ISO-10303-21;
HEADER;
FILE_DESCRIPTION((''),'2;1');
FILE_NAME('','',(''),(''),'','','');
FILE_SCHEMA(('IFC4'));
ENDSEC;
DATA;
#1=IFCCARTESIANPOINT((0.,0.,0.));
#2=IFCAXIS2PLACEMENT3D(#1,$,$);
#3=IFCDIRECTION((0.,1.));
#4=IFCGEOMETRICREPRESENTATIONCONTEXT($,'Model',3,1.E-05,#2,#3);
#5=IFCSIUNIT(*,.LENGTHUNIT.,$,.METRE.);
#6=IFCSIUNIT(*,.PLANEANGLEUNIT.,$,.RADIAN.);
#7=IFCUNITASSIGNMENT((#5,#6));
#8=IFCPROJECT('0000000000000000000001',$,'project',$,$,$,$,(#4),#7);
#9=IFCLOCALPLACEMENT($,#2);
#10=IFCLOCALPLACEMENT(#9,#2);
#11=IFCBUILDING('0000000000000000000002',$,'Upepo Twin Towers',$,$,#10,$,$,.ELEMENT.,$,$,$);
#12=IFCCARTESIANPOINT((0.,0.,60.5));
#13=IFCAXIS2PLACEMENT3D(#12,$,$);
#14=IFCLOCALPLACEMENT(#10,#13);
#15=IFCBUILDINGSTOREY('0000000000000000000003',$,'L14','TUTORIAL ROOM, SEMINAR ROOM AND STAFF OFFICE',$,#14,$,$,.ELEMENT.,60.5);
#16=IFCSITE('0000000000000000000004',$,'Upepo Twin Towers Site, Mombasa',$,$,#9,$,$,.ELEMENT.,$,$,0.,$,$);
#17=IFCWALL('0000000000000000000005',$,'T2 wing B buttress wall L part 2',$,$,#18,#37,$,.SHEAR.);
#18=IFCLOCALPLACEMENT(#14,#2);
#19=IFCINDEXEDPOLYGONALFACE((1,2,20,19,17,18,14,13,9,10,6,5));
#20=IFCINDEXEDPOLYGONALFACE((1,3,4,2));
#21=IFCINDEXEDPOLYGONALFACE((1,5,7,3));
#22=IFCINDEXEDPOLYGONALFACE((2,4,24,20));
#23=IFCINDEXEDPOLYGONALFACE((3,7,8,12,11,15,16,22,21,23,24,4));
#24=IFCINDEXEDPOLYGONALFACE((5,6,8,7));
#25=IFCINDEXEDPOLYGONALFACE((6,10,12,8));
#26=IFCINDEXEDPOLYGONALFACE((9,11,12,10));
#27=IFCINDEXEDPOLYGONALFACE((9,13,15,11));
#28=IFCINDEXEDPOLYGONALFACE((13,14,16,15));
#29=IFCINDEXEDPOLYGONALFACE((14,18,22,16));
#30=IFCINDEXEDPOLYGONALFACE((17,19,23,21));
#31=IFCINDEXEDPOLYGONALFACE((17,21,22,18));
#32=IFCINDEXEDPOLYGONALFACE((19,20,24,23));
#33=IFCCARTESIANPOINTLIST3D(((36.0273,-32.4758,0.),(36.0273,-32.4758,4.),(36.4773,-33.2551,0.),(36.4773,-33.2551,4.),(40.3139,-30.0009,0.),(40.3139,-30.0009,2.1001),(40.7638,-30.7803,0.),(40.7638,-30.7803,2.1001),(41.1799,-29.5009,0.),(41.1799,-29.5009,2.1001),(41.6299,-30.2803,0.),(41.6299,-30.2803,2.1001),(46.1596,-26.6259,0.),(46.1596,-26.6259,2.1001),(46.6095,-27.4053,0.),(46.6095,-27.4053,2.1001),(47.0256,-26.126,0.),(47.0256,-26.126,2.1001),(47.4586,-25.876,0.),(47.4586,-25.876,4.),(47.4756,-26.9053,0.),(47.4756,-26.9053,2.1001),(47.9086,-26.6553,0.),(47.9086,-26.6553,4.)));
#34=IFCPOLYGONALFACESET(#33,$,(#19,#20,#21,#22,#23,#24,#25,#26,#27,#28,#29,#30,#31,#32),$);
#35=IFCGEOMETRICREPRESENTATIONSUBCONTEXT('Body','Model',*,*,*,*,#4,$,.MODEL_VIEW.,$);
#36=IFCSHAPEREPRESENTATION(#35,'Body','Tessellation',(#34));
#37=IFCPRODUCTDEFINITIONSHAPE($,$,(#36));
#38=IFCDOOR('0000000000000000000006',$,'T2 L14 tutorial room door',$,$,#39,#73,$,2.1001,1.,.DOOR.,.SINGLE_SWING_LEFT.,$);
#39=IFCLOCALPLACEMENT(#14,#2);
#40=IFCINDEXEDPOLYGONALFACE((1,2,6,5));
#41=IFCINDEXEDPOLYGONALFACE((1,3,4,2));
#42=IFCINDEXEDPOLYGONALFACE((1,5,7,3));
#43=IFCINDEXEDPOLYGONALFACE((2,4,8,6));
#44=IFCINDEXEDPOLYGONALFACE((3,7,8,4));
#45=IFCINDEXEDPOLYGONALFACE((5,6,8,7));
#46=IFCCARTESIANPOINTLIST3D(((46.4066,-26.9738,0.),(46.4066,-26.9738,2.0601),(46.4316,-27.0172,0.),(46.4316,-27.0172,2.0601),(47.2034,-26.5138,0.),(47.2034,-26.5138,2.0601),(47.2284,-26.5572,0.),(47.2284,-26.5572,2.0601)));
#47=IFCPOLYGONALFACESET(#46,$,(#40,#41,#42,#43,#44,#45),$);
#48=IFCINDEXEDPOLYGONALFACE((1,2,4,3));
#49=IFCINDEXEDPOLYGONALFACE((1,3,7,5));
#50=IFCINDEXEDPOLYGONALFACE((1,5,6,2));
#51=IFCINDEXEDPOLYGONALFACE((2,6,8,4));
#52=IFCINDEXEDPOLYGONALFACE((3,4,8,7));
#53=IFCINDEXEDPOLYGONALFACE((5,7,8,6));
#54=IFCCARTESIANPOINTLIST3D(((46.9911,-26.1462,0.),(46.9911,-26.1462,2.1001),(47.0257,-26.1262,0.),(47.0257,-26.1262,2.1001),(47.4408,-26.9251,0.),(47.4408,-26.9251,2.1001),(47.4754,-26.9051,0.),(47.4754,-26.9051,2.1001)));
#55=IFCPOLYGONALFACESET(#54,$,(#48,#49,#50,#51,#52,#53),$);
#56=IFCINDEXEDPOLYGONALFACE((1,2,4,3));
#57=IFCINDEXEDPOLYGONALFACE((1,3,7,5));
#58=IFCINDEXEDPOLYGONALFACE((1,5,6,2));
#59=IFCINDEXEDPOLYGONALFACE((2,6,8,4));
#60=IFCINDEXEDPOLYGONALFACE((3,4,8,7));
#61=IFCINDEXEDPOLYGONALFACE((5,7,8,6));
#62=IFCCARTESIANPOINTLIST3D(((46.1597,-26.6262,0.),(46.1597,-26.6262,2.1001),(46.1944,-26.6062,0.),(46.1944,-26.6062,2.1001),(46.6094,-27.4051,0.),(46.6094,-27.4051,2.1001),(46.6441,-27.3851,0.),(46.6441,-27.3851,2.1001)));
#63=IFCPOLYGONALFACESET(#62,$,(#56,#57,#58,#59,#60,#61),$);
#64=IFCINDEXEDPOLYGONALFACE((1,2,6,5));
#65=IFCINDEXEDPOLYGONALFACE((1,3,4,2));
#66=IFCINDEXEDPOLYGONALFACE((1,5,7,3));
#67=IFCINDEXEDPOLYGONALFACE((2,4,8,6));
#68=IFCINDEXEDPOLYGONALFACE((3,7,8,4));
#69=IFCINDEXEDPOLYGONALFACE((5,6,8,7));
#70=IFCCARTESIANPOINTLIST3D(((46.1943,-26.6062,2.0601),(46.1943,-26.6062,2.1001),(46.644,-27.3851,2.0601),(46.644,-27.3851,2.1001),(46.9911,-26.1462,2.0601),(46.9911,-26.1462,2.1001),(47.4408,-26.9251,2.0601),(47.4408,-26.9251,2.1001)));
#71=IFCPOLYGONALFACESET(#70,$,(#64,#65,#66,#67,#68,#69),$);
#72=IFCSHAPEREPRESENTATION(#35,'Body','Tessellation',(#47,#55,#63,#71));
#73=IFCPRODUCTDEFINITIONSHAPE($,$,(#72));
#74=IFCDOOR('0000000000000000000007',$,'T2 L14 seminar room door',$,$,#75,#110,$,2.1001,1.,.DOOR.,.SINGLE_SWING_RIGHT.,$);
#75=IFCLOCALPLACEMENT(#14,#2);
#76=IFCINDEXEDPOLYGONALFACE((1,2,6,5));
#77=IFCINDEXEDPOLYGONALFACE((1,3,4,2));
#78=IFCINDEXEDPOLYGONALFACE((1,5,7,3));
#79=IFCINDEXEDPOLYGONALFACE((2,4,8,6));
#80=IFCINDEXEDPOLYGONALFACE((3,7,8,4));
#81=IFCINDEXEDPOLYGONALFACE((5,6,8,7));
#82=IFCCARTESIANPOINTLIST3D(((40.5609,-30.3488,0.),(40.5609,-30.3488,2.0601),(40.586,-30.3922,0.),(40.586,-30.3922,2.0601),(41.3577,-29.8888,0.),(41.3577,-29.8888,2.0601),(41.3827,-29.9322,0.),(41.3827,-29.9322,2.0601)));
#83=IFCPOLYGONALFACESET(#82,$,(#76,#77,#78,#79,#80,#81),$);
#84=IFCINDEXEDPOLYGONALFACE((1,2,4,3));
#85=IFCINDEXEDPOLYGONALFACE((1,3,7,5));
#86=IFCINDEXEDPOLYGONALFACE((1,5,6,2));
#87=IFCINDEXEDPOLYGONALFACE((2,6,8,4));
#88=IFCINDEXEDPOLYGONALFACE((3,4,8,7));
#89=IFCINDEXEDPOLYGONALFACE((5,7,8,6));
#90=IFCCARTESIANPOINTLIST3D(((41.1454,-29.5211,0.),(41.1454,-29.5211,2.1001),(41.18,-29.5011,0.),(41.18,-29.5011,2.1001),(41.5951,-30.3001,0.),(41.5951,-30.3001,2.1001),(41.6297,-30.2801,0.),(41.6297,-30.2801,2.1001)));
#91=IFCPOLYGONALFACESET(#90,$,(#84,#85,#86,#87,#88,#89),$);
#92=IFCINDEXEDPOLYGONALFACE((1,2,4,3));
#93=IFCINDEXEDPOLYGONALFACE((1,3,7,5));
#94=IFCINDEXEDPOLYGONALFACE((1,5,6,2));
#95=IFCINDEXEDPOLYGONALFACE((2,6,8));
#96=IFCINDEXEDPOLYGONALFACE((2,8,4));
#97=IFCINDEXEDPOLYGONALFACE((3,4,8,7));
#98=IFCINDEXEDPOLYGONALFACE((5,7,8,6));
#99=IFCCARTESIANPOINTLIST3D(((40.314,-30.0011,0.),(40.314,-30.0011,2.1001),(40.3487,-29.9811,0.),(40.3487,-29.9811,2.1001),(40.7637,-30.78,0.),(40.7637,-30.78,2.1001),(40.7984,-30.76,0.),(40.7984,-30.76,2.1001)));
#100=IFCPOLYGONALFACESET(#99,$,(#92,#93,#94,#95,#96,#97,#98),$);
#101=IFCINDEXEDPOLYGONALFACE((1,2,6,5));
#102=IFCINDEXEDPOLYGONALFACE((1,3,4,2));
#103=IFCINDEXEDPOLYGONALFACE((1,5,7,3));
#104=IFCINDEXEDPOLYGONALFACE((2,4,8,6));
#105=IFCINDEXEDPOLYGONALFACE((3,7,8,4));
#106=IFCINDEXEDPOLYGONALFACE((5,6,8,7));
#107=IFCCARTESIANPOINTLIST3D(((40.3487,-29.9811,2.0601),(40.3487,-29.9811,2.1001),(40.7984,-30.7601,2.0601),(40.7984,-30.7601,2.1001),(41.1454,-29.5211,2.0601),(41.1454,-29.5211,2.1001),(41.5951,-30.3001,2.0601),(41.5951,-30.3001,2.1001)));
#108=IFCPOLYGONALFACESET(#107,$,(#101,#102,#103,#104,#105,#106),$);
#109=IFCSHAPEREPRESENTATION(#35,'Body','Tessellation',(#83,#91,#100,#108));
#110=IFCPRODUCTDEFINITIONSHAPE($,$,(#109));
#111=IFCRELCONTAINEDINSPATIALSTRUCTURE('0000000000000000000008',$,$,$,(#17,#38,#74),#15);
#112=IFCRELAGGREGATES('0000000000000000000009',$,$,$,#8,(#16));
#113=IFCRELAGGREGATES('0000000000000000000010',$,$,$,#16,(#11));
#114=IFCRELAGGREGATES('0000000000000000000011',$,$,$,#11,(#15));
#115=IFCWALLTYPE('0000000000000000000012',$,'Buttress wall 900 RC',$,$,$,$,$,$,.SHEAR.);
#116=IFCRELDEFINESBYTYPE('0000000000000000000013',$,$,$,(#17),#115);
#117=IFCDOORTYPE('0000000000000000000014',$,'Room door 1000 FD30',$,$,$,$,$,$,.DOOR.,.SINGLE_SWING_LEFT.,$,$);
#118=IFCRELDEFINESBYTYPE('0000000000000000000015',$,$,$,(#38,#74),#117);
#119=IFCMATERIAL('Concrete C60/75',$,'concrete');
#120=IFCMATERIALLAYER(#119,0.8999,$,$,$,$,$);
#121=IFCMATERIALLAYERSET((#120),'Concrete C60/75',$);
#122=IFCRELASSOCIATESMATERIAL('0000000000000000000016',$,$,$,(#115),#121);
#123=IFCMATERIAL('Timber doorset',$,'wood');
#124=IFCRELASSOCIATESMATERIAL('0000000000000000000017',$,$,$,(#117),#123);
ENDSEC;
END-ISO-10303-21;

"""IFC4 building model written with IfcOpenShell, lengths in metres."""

from ifc_helpers import new_model, si_unit, direction, frame, frame_2d, origin, place, context, subcontext, project, spatial, rectangle, extrude, material, layer, layer_set, type_object, element, fill, save


model = new_model("IFC4")

# Units and contexts
model_context = context("Model", 3, precision=1e-05, world=origin(), true_north=direction((0.0, 1.0)))
body_context = subcontext(model_context, "Body", "Model", "MODEL_VIEW")
ifc_project = project(units=[si_unit("LENGTHUNIT", "METRE"), si_unit("PLANEANGLEUNIT", "RADIAN")], contexts=[model_context])

# Site, building, storey
site_placement = place(None, origin())
site = spatial("IfcSite", under=ifc_project, at=site_placement, Name="Upepo Twin Towers Site, Mombasa", CompositionType="ELEMENT", RefElevation=0.0)
building_placement = place(site_placement, origin())
building = spatial("IfcBuilding", under=site, at=building_placement, Name="Upepo Twin Towers", CompositionType="ELEMENT")
storey_placement = place(building_placement, frame((0.0, 0.0, 60.5)))
storey = spatial("IfcBuildingStorey", under=building, at=storey_placement, Name="L14", Description="TUTORIAL ROOM, SEMINAR ROOM AND STAFF OFFICE", CompositionType="ELEMENT", Elevation=60.5)

# Wall, openings, doors
ifc_material_1 = material(Name="Concrete C60/75", Category="concrete")
ifc_layer_1 = layer(ifc_material_1, 0.8999)
ifc_layer_set_1 = layer_set([ifc_layer_1], Name="Concrete C60/75")
wall_type_1 = type_object("IfcWallType", Name="Buttress wall 900 RC", PredefinedType="SHEAR", material=ifc_layer_set_1)
wall_1_placement = place(storey_placement, frame((47.6836, -26.2656, 0.0), z_axis=(0.0, 0.0, 1.0), x_axis=(-0.866028, -0.499996, 0.0)))
wall_1 = element("IfcWall", 1, at=wall_1_placement, inside=storey, type_object=wall_type_1, Name="T2 wing B buttress wall L part 2", PredefinedType="SHEAR", context=body_context, shape_type="SweptSolid", body=[
    extrude(rectangle(XDim=13.1997, YDim=0.8999, at=frame_2d((6.5999, 0.0))), origin(), (0.0, 0.0, 1.0), 4.0),
])
opening_1_placement = place(wall_1_placement, frame((0.5, 0.0, 0.0)))
opening_1 = element("IfcOpeningElement", 2, at=opening_1_placement, cuts=wall_1, PredefinedType="OPENING", context=body_context, shape_type="SweptSolid", body=[
    extrude(rectangle(XDim=1.0, YDim=2.1001, at=frame_2d((0.5, 1.05))), frame((0.0, 0.46, 0.0), z_axis=(0.0, -1.0, 0.0), x_axis=(1.0, 0.0, 0.0)), (0.0, 0.0, 1.0), 0.9199),
])
opening_2_placement = place(wall_1_placement, frame((7.25, 0.0, 0.0)))
opening_2 = element("IfcOpeningElement", 3, at=opening_2_placement, cuts=wall_1, PredefinedType="OPENING", context=body_context, shape_type="SweptSolid", body=[
    extrude(rectangle(XDim=1.0, YDim=2.1001, at=frame_2d((0.5, 1.05))), frame((0.0, 0.46, 0.0), z_axis=(0.0, -1.0, 0.0), x_axis=(1.0, 0.0, 0.0)), (0.0, 0.0, 1.0), 0.9199),
])
ifc_material_2 = material(Name="Timber doorset", Category="wood")
door_type_1 = type_object("IfcDoorType", Name="Room door 1000 FD30", OperationType="SINGLE_SWING_LEFT", PredefinedType="DOOR", material=ifc_material_2)
door_1_placement = place(opening_1_placement, origin())
door_1 = element("IfcDoor", 4, at=door_1_placement, inside=storey, type_object=door_type_1, Name="T2 L14 tutorial room door", OperationType="SINGLE_SWING_LEFT", OverallHeight=2.1001, OverallWidth=1.0, PredefinedType="DOOR", context=body_context, shape_type="SweptSolid", body=[
    extrude(rectangle(XDim=0.92, YDim=2.0601, at=frame_2d((0.5, 1.03))), frame((0.0, 0.0249, 0.0), z_axis=(0.0, -1.0, 0.0), x_axis=(1.0, 0.0, 0.0)), (0.0, 0.0, 1.0), 0.05),
    extrude(rectangle(XDim=0.04, YDim=2.1001, at=frame_2d((0.02, 1.05))), frame((0.0, 0.4497, 0.0), z_axis=(0.0, -1.0, 0.0), x_axis=(1.0, 0.0, 0.0)), (0.0, 0.0, 1.0), 0.8994),
    extrude(rectangle(XDim=0.04, YDim=2.1001, at=frame_2d((0.98, 1.05))), frame((0.0, 0.4497, 0.0), z_axis=(0.0, -1.0, 0.0), x_axis=(1.0, 0.0, 0.0)), (0.0, 0.0, 1.0), 0.8994),
    extrude(rectangle(XDim=0.92, YDim=0.04, at=frame_2d((0.5, 2.0801))), frame((0.0, 0.4497, 0.0), z_axis=(0.0, -1.0, 0.0), x_axis=(1.0, 0.0, 0.0)), (0.0, 0.0, 1.0), 0.8994),
])
fill(opening_1, door_1)
door_2_placement = place(opening_2_placement, origin())
door_2 = element("IfcDoor", 5, at=door_2_placement, inside=storey, type_object=door_type_1, Name="T2 L14 seminar room door", OperationType="SINGLE_SWING_RIGHT", OverallHeight=2.1001, OverallWidth=1.0, PredefinedType="DOOR", context=body_context, shape_type="SweptSolid", body=[
    extrude(rectangle(XDim=0.92, YDim=2.0601, at=frame_2d((0.5, 1.03))), frame((0.0, 0.0249, 0.0), z_axis=(0.0, -1.0, 0.0), x_axis=(1.0, 0.0, 0.0)), (0.0, 0.0, 1.0), 0.05),
    extrude(rectangle(XDim=0.04, YDim=2.1001, at=frame_2d((0.02, 1.05))), frame((0.0, 0.4497, 0.0), z_axis=(0.0, -1.0, 0.0), x_axis=(1.0, 0.0, 0.0)), (0.0, 0.0, 1.0), 0.8994),
    extrude(rectangle(XDim=0.04, YDim=2.1001, at=frame_2d((0.98, 1.05))), frame((0.0, 0.4497, 0.0), z_axis=(0.0, -1.0, 0.0), x_axis=(1.0, 0.0, 0.0)), (0.0, 0.0, 1.0), 0.8994),
    extrude(rectangle(XDim=0.92, YDim=0.04, at=frame_2d((0.5, 2.0801))), frame((0.0, 0.4497, 0.0), z_axis=(0.0, -1.0, 0.0), x_axis=(1.0, 0.0, 0.0)), (0.0, 0.0, 1.0), 0.8994),
])
fill(opening_2, door_2)

save(model, "model.ifc")
